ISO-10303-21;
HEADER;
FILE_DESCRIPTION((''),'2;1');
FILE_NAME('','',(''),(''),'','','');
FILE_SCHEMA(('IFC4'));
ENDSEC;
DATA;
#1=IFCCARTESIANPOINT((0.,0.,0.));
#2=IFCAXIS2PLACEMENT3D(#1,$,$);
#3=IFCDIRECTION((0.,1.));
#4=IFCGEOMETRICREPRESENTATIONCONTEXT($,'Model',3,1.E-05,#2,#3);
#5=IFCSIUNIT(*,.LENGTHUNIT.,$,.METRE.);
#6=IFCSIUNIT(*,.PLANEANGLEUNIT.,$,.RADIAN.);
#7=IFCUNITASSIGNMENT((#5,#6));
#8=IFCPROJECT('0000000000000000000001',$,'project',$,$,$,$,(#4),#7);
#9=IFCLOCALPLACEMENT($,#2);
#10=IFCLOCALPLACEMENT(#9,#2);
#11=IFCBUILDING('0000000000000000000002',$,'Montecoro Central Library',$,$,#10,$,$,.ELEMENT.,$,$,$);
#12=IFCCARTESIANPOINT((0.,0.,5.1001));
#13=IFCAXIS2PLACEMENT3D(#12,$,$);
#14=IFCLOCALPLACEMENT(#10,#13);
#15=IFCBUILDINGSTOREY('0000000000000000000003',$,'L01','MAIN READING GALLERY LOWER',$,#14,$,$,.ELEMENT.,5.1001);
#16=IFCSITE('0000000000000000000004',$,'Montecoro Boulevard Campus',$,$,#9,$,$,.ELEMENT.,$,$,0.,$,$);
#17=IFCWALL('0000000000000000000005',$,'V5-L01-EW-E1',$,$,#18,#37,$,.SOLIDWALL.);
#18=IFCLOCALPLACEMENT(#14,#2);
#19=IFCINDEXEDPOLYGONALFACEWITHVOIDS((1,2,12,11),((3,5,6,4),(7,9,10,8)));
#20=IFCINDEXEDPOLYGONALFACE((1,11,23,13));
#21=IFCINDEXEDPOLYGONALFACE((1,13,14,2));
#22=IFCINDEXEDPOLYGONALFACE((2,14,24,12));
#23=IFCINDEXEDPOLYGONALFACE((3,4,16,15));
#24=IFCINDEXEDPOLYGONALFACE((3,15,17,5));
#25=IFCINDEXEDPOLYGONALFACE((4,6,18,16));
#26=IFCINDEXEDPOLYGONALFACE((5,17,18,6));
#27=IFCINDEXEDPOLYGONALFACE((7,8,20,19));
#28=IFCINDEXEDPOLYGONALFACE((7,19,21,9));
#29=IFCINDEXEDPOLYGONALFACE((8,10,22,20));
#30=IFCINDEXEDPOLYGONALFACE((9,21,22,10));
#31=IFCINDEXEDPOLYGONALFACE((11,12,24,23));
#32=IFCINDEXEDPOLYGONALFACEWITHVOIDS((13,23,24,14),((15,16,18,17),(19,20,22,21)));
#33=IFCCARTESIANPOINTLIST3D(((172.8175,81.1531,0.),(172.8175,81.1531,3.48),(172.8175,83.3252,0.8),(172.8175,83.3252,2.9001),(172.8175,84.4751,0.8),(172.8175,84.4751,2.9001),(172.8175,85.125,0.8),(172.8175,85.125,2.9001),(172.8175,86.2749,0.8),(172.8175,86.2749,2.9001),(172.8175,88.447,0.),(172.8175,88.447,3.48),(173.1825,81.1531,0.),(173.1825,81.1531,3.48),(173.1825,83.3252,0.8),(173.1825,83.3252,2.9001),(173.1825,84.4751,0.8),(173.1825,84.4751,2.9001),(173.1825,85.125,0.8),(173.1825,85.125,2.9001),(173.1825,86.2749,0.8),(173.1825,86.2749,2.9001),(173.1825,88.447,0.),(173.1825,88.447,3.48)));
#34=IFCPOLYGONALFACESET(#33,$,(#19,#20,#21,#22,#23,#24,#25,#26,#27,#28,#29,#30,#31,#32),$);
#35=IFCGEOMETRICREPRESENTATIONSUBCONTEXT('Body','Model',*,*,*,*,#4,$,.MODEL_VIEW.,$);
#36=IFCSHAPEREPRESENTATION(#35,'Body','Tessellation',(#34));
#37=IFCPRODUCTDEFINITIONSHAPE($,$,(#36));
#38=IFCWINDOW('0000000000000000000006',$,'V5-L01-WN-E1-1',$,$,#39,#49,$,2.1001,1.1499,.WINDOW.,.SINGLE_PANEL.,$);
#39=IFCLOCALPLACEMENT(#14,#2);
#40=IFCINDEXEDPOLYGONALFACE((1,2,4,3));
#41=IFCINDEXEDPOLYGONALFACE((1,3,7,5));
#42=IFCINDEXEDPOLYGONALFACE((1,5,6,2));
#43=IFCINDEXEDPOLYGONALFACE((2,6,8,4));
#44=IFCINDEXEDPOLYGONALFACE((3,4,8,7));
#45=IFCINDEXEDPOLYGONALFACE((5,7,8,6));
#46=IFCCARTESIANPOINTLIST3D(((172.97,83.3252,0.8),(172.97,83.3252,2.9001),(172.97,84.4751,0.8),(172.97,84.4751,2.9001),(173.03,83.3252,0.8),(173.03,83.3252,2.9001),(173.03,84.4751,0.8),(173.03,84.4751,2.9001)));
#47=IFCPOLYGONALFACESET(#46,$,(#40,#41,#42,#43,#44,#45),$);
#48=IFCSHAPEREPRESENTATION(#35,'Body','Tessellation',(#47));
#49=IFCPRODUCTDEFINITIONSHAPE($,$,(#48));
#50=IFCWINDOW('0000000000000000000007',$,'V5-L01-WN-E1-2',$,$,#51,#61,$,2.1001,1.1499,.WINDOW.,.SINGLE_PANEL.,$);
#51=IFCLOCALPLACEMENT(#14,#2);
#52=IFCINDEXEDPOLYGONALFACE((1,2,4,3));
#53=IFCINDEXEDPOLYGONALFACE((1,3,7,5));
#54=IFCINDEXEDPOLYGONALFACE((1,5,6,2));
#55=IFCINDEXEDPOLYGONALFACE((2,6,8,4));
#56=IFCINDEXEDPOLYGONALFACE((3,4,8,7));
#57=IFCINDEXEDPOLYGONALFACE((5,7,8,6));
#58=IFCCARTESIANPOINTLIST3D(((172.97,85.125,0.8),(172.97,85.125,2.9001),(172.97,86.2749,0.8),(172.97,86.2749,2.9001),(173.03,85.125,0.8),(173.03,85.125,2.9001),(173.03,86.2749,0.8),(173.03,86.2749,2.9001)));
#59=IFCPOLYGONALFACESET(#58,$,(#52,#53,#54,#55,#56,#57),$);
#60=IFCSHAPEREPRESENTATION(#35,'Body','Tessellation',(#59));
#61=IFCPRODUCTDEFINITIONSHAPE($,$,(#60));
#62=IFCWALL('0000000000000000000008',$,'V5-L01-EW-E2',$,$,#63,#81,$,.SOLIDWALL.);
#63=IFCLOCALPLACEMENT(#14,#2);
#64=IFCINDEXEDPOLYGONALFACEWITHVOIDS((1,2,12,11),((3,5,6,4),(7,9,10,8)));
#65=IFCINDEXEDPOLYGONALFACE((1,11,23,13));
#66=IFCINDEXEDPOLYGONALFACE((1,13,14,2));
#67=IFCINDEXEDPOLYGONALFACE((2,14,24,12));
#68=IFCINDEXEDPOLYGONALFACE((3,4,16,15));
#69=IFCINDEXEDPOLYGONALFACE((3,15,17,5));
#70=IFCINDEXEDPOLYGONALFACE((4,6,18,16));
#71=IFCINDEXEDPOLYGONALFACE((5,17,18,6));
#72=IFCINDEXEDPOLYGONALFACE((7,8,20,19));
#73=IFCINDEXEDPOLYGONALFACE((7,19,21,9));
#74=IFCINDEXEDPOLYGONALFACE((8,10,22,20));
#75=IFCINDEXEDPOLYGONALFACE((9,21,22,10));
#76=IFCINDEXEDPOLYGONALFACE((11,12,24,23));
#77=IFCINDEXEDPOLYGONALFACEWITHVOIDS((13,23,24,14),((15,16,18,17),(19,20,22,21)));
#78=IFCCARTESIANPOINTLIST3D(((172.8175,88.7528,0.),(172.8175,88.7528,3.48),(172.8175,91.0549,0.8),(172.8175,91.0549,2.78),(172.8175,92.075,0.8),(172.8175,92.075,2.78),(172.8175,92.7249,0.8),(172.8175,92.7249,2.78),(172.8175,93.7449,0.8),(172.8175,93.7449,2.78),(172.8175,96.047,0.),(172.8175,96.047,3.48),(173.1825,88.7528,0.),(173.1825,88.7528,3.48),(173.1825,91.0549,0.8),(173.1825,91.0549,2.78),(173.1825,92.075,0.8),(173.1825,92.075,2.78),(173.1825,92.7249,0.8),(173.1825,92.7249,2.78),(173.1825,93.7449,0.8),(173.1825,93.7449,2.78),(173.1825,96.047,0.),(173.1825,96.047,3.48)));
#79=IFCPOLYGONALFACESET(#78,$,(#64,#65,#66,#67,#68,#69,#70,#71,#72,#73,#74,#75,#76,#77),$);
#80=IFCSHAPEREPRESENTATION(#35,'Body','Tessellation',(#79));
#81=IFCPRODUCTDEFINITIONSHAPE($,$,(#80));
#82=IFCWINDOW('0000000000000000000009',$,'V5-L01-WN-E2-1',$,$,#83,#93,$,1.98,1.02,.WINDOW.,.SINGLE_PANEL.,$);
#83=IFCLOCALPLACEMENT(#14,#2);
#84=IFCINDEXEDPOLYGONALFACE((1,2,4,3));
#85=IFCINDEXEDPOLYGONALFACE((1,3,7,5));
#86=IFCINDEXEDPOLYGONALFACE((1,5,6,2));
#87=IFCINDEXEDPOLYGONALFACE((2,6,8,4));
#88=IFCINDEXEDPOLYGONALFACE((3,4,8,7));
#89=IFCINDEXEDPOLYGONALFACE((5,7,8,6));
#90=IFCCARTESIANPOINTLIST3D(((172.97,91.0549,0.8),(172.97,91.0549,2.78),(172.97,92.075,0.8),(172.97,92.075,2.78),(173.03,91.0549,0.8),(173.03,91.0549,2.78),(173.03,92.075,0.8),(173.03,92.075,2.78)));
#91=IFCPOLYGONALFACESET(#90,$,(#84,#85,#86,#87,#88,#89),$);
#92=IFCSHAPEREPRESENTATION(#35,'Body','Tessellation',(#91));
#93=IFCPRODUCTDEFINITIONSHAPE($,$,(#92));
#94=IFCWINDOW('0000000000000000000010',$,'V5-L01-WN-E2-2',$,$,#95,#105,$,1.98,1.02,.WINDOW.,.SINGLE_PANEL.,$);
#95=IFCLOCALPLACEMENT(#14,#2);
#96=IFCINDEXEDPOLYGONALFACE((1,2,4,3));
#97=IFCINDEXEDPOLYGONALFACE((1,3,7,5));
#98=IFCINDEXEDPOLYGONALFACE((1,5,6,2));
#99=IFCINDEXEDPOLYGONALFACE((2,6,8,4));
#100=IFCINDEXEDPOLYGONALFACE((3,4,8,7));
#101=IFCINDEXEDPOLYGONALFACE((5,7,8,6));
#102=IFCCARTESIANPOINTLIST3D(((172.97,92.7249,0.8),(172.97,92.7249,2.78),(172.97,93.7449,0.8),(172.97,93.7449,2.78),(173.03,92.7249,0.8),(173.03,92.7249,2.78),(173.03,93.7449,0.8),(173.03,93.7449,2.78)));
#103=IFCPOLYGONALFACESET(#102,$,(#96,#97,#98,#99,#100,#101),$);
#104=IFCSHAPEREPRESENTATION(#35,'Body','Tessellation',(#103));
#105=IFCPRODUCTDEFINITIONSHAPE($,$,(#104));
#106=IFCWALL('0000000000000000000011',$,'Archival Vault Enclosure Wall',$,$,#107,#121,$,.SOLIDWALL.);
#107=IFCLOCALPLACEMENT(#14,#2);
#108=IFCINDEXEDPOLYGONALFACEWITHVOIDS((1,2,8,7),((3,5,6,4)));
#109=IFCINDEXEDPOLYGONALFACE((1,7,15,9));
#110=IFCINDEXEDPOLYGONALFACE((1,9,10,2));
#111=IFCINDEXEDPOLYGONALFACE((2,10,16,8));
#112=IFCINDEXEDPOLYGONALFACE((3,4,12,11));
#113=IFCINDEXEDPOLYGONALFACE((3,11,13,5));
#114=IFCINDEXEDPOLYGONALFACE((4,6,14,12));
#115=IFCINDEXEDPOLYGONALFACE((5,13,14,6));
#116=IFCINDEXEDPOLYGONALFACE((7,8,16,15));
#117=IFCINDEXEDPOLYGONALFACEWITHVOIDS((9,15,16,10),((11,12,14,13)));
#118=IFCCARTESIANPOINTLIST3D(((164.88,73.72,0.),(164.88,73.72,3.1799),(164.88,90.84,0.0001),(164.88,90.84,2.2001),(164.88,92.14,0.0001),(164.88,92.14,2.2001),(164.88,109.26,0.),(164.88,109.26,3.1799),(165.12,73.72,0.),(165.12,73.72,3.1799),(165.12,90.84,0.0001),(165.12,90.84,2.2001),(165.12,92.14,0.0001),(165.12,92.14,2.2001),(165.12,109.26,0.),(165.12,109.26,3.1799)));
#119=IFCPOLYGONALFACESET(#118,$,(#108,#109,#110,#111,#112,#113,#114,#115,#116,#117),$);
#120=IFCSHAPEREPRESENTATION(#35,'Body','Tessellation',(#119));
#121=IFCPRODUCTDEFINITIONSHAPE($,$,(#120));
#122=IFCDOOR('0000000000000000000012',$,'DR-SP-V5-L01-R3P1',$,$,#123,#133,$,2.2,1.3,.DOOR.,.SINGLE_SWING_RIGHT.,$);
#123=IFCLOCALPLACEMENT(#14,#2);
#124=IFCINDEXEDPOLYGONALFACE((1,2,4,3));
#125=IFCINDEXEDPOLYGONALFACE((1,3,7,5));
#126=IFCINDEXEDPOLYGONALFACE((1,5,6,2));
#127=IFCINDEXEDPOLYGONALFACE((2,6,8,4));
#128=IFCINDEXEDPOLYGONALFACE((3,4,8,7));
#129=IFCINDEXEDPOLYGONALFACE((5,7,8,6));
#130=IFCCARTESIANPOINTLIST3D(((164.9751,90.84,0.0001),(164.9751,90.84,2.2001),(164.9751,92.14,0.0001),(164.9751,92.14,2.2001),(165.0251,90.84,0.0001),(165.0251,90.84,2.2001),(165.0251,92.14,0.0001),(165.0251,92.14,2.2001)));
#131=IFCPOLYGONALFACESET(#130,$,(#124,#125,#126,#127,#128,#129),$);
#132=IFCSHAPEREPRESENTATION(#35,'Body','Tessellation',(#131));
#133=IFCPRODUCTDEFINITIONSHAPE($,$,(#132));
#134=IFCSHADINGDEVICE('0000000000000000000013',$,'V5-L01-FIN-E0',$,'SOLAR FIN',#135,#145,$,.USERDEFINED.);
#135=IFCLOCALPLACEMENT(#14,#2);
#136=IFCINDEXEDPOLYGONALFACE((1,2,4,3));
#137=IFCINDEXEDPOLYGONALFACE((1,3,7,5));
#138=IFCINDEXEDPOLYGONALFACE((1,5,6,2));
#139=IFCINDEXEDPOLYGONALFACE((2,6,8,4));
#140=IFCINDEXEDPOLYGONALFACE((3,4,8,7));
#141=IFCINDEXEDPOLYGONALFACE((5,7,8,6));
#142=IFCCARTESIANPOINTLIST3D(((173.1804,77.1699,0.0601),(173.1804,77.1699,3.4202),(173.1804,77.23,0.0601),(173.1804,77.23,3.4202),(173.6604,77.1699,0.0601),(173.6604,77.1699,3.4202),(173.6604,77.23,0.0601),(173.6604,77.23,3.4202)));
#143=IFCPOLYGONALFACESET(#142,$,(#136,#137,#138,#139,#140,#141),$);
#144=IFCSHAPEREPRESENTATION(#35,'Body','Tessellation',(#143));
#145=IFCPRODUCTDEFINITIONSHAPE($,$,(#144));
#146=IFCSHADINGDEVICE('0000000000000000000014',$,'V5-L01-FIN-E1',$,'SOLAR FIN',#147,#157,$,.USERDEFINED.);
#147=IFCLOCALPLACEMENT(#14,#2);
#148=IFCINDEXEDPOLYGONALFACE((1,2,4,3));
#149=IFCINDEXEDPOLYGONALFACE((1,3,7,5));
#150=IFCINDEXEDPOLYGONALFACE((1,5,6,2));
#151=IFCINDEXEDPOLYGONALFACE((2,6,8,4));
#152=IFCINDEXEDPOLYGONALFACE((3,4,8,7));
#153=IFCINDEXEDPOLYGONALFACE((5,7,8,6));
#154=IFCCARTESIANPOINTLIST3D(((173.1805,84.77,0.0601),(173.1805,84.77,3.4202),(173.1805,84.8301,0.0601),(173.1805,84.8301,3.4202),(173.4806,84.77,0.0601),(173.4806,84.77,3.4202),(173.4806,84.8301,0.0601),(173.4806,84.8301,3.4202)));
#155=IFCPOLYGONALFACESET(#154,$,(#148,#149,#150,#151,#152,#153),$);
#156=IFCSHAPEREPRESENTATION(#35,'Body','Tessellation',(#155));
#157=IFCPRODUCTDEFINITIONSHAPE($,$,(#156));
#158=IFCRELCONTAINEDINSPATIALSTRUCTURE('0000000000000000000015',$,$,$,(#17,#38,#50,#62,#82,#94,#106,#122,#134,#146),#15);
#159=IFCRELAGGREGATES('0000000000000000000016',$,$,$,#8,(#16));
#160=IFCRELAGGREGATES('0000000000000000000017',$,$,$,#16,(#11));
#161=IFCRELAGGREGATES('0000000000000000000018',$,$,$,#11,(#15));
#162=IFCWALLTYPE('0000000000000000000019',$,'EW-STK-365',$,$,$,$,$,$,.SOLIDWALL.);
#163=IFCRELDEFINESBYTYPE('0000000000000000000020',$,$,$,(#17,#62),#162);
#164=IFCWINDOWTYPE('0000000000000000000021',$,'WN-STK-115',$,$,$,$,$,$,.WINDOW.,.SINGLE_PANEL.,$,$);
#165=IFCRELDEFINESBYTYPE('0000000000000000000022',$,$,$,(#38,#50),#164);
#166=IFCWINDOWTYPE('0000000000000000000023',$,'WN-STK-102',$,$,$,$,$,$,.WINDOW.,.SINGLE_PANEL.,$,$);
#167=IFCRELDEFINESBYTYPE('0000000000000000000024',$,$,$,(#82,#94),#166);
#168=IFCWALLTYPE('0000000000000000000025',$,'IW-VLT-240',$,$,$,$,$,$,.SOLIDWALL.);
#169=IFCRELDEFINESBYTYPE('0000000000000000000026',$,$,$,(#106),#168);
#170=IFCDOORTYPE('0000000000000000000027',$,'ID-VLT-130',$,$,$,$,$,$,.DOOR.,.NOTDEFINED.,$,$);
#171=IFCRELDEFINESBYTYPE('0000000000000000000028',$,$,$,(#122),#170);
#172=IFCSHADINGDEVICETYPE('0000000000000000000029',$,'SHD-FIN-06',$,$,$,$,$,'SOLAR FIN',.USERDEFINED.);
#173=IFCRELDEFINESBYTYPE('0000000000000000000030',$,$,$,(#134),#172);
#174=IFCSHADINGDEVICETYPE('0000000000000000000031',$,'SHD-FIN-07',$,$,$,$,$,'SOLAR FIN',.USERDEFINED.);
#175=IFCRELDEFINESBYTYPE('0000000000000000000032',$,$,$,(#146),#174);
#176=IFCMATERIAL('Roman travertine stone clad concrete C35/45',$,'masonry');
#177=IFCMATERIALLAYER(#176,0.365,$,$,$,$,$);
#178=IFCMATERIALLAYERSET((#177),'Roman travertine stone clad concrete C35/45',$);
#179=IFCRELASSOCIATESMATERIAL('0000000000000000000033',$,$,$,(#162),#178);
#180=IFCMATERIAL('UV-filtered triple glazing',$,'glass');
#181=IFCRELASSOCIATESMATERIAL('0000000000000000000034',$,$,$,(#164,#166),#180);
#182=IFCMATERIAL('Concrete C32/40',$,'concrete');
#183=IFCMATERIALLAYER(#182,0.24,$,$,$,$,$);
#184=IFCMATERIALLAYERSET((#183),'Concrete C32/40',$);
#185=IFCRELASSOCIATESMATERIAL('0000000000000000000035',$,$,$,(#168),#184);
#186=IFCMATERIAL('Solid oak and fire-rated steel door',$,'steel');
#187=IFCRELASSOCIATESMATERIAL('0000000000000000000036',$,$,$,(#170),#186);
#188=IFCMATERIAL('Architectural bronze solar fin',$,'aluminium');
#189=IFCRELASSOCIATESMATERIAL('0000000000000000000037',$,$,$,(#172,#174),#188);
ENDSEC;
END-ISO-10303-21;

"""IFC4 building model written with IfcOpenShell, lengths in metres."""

from ifc_helpers import new_model, si_unit, direction, frame, frame_2d, origin, origin_2d, place, context, subcontext, project, spatial, rectangle, extrude, material, layer, layer_set, type_object, element, fill, save


model = new_model("IFC4")

# Units and contexts
model_context = context("Model", 3, precision=1e-05, world=origin(), true_north=direction((0.0, 1.0)))
body_context = subcontext(model_context, "Body", "Model", "MODEL_VIEW")
ifc_project = project(units=[si_unit("LENGTHUNIT", "METRE"), si_unit("PLANEANGLEUNIT", "RADIAN")], contexts=[model_context])

# Site, building, storey
site_placement = place(None, origin())
site = spatial("IfcSite", under=ifc_project, at=site_placement, Name="Montecoro Boulevard Campus", CompositionType="ELEMENT", RefElevation=0.0)
building_placement = place(site_placement, origin())
building = spatial("IfcBuilding", under=site, at=building_placement, Name="Montecoro Central Library", CompositionType="ELEMENT")
storey_placement = place(building_placement, frame((0.0, 0.0, 5.1001)))
storey = spatial("IfcBuildingStorey", under=building, at=storey_placement, Name="L01", Description="MAIN READING GALLERY LOWER", CompositionType="ELEMENT", Elevation=5.1001)

# Walls, openings, windows
ifc_material_1 = material(Name="Roman travertine stone clad concrete C35/45", Category="masonry")
ifc_layer_1 = layer(ifc_material_1, 0.365)
ifc_layer_set_1 = layer_set([ifc_layer_1], Name="Roman travertine stone clad concrete C35/45")
wall_type_1 = type_object("IfcWallType", Name="EW-STK-365", PredefinedType="SOLIDWALL", material=ifc_layer_set_1)
wall_1_placement = place(storey_placement, frame((173.0, 81.1531, 0.0), z_axis=(0.0, 0.0, 1.0), x_axis=(0.0, 1.0, 0.0)))
wall_1 = element("IfcWall", 1, at=wall_1_placement, inside=storey, type_object=wall_type_1, Name="V5-L01-EW-E1", PredefinedType="SOLIDWALL", context=body_context, shape_type="SweptSolid", body=[
    extrude(rectangle(XDim=7.2939, YDim=0.365, at=frame_2d((3.647, 0.0))), origin(), (0.0, 0.0, 1.0), 3.48),
])
opening_1_placement = place(wall_1_placement, frame((2.1721, 0.0, 0.8)))
opening_1 = element("IfcOpeningElement", 2, at=opening_1_placement, cuts=wall_1, PredefinedType="OPENING", context=body_context, shape_type="SweptSolid", body=[
    extrude(rectangle(XDim=1.1499, YDim=2.1001, at=frame_2d((0.575, 1.05))), frame((0.0, 0.1924, 0.0), z_axis=(0.0, -1.0, 0.0), x_axis=(1.0, 0.0, 0.0)), (0.0, 0.0, 1.0), 0.385),
])
opening_2_placement = place(wall_1_placement, frame((3.9719, 0.0, 0.8)))
opening_2 = element("IfcOpeningElement", 3, at=opening_2_placement, cuts=wall_1, PredefinedType="OPENING", context=body_context, shape_type="SweptSolid", body=[
    extrude(rectangle(XDim=1.1499, YDim=2.1001, at=frame_2d((0.575, 1.05))), frame((0.0, 0.1924, 0.0), z_axis=(0.0, -1.0, 0.0), x_axis=(1.0, 0.0, 0.0)), (0.0, 0.0, 1.0), 0.385),
])
ifc_material_2 = material(Name="UV-filtered triple glazing", Category="glass")
window_type_1 = type_object("IfcWindowType", Name="WN-STK-115", PartitioningType="SINGLE_PANEL", PredefinedType="WINDOW", material=ifc_material_2)
window_1_placement = place(opening_1_placement, origin())
window_1 = element("IfcWindow", 4, at=window_1_placement, inside=storey, type_object=window_type_1, Name="V5-L01-WN-E1-1", OverallHeight=2.1001, OverallWidth=1.1499, PartitioningType="SINGLE_PANEL", PredefinedType="WINDOW", context=body_context, shape_type="SweptSolid", body=[
    extrude(rectangle(XDim=1.1499, YDim=2.1001, at=frame_2d((0.575, 1.05))), frame((0.0, 0.03, 0.0), z_axis=(0.0, -1.0, 0.0), x_axis=(1.0, 0.0, 0.0)), (0.0, 0.0, 1.0), 0.0601),
])
fill(opening_1, window_1)
window_2_placement = place(opening_2_placement, origin())
window_2 = element("IfcWindow", 5, at=window_2_placement, inside=storey, type_object=window_type_1, Name="V5-L01-WN-E1-2", OverallHeight=2.1001, OverallWidth=1.1499, PartitioningType="SINGLE_PANEL", PredefinedType="WINDOW", context=body_context, shape_type="SweptSolid", body=[
    extrude(rectangle(XDim=1.1499, YDim=2.1001, at=frame_2d((0.575, 1.05))), frame((0.0, 0.03, 0.0), z_axis=(0.0, -1.0, 0.0), x_axis=(1.0, 0.0, 0.0)), (0.0, 0.0, 1.0), 0.0601),
])
fill(opening_2, window_2)
wall_2_placement = place(storey_placement, frame((173.0, 88.7529, 0.0), z_axis=(0.0, 0.0, 1.0), x_axis=(0.0, 1.0, 0.0)))
wall_2 = element("IfcWall", 6, at=wall_2_placement, inside=storey, type_object=wall_type_1, Name="V5-L01-EW-E2", PredefinedType="SOLIDWALL", context=body_context, shape_type="SweptSolid", body=[
    extrude(rectangle(XDim=7.2942, YDim=0.365, at=frame_2d((3.647, 0.0))), origin(), (0.0, 0.0, 1.0), 3.48),
])
opening_3_placement = place(wall_2_placement, frame((2.302, 0.0, 0.8)))
opening_3 = element("IfcOpeningElement", 7, at=opening_3_placement, cuts=wall_2, PredefinedType="OPENING", context=body_context, shape_type="SweptSolid", body=[
    extrude(rectangle(XDim=1.02, YDim=1.98, at=frame_2d((0.51, 0.99))), frame((0.0, 0.1924, 0.0), z_axis=(0.0, -1.0, 0.0), x_axis=(1.0, 0.0, 0.0)), (0.0, 0.0, 1.0), 0.385),
])
opening_4_placement = place(wall_2_placement, frame((3.9719, 0.0, 0.8)))
opening_4 = element("IfcOpeningElement", 8, at=opening_4_placement, cuts=wall_2, PredefinedType="OPENING", context=body_context, shape_type="SweptSolid", body=[
    extrude(rectangle(XDim=1.02, YDim=1.98, at=frame_2d((0.51, 0.99))), frame((0.0, 0.1924, 0.0), z_axis=(0.0, -1.0, 0.0), x_axis=(1.0, 0.0, 0.0)), (0.0, 0.0, 1.0), 0.385),
])
window_type_2 = type_object("IfcWindowType", Name="WN-STK-102", PartitioningType="SINGLE_PANEL", PredefinedType="WINDOW", material=ifc_material_2)
window_3_placement = place(opening_3_placement, origin())
window_3 = element("IfcWindow", 9, at=window_3_placement, inside=storey, type_object=window_type_2, Name="V5-L01-WN-E2-1", OverallHeight=1.98, OverallWidth=1.02, PartitioningType="SINGLE_PANEL", PredefinedType="WINDOW", context=body_context, shape_type="SweptSolid", body=[
    extrude(rectangle(XDim=1.02, YDim=1.98, at=frame_2d((0.51, 0.99))), frame((0.0, 0.03, 0.0), z_axis=(0.0, -1.0, 0.0), x_axis=(1.0, 0.0, 0.0)), (0.0, 0.0, 1.0), 0.0601),
])
fill(opening_3, window_3)
window_4_placement = place(opening_4_placement, origin())
window_4 = element("IfcWindow", 10, at=window_4_placement, inside=storey, type_object=window_type_2, Name="V5-L01-WN-E2-2", OverallHeight=1.98, OverallWidth=1.02, PartitioningType="SINGLE_PANEL", PredefinedType="WINDOW", context=body_context, shape_type="SweptSolid", body=[
    extrude(rectangle(XDim=1.02, YDim=1.98, at=frame_2d((0.51, 0.99))), frame((0.0, 0.03, 0.0), z_axis=(0.0, -1.0, 0.0), x_axis=(1.0, 0.0, 0.0)), (0.0, 0.0, 1.0), 0.0601),
])
fill(opening_4, window_4)

# Wall, opening, door
ifc_material_3 = material(Name="Concrete C32/40", Category="concrete")
ifc_layer_2 = layer(ifc_material_3, 0.24)
ifc_layer_set_2 = layer_set([ifc_layer_2], Name="Concrete C32/40")
wall_type_2 = type_object("IfcWallType", Name="IW-VLT-240", PredefinedType="SOLIDWALL", material=ifc_layer_set_2)
wall_3_placement = place(storey_placement, frame((165.0, 73.72, 0.0), z_axis=(0.0, 0.0, 1.0), x_axis=(0.0, 1.0, 0.0)))
wall_3 = element("IfcWall", 11, at=wall_3_placement, inside=storey, type_object=wall_type_2, Name="Archival Vault Enclosure Wall", PredefinedType="SOLIDWALL", context=body_context, shape_type="SweptSolid", body=[
    extrude(rectangle(XDim=35.54, YDim=0.24, at=frame_2d((17.77, 0.0))), origin(), (0.0, 0.0, 1.0), 3.1799),
])
opening_5_placement = place(wall_3_placement, frame((17.1201, 0.0, 0.0)))
opening_5 = element("IfcOpeningElement", 12, at=opening_5_placement, cuts=wall_3, PredefinedType="OPENING", context=body_context, shape_type="SweptSolid", body=[
    extrude(rectangle(XDim=1.3, YDim=2.2, at=frame_2d((0.6499, 1.1001))), frame((0.0, 0.1299, 0.0), z_axis=(0.0, -1.0, 0.0), x_axis=(1.0, 0.0, 0.0)), (0.0, 0.0, 1.0), 0.26),
])
ifc_material_4 = material(Name="Solid oak and fire-rated steel door", Category="steel")
door_type = type_object("IfcDoorType", Name="ID-VLT-130", OperationType="NOTDEFINED", PredefinedType="DOOR", material=ifc_material_4)
door_placement = place(opening_5_placement, origin())
door = element("IfcDoor", 13, at=door_placement, inside=storey, type_object=door_type, Name="DR-SP-V5-L01-R3P1", OperationType="SINGLE_SWING_RIGHT", OverallHeight=2.2, OverallWidth=1.3, PredefinedType="DOOR", context=body_context, shape_type="SweptSolid", body=[
    extrude(rectangle(XDim=1.3, YDim=2.2, at=frame_2d((0.6499, 1.1001))), frame((0.0, 0.0249, 0.0), z_axis=(0.0, -1.0, 0.0), x_axis=(1.0, 0.0, 0.0)), (0.0, 0.0, 1.0), 0.05),
])
fill(opening_5, door)

# Shading devices
ifc_material_5 = material(Name="Architectural bronze solar fin", Category="aluminium")
shading_device_type_1 = type_object("IfcShadingDeviceType", Name="SHD-FIN-06", ElementType="SOLAR FIN", PredefinedType="USERDEFINED", material=ifc_material_5)
shading_device_1_placement = place(storey_placement, frame((173.4204, 77.2, 0.0601), z_axis=(0.0, 0.0, 1.0), x_axis=(0.0, 1.0, 0.0)))
element("IfcShadingDevice", 14, at=shading_device_1_placement, inside=storey, type_object=shading_device_type_1, Name="V5-L01-FIN-E0", ObjectType="SOLAR FIN", PredefinedType="USERDEFINED", context=body_context, shape_type="SweptSolid", body=[
    extrude(rectangle(XDim=0.0601, YDim=0.48, at=origin_2d()), origin(), (0.0, 0.0, 1.0), 3.3601),
])
shading_device_type_2 = type_object("IfcShadingDeviceType", Name="SHD-FIN-07", ElementType="SOLAR FIN", PredefinedType="USERDEFINED", material=ifc_material_5)
shading_device_2_placement = place(storey_placement, frame((173.3306, 84.8, 0.0601), z_axis=(0.0, 0.0, 1.0), x_axis=(0.0, 1.0, 0.0)))
element("IfcShadingDevice", 15, at=shading_device_2_placement, inside=storey, type_object=shading_device_type_2, Name="V5-L01-FIN-E1", ObjectType="SOLAR FIN", PredefinedType="USERDEFINED", context=body_context, shape_type="SweptSolid", body=[
    extrude(rectangle(XDim=0.0601, YDim=0.3, at=origin_2d()), origin(), (0.0, 0.0, 1.0), 3.3601),
])

save(model, "model.ifc")
